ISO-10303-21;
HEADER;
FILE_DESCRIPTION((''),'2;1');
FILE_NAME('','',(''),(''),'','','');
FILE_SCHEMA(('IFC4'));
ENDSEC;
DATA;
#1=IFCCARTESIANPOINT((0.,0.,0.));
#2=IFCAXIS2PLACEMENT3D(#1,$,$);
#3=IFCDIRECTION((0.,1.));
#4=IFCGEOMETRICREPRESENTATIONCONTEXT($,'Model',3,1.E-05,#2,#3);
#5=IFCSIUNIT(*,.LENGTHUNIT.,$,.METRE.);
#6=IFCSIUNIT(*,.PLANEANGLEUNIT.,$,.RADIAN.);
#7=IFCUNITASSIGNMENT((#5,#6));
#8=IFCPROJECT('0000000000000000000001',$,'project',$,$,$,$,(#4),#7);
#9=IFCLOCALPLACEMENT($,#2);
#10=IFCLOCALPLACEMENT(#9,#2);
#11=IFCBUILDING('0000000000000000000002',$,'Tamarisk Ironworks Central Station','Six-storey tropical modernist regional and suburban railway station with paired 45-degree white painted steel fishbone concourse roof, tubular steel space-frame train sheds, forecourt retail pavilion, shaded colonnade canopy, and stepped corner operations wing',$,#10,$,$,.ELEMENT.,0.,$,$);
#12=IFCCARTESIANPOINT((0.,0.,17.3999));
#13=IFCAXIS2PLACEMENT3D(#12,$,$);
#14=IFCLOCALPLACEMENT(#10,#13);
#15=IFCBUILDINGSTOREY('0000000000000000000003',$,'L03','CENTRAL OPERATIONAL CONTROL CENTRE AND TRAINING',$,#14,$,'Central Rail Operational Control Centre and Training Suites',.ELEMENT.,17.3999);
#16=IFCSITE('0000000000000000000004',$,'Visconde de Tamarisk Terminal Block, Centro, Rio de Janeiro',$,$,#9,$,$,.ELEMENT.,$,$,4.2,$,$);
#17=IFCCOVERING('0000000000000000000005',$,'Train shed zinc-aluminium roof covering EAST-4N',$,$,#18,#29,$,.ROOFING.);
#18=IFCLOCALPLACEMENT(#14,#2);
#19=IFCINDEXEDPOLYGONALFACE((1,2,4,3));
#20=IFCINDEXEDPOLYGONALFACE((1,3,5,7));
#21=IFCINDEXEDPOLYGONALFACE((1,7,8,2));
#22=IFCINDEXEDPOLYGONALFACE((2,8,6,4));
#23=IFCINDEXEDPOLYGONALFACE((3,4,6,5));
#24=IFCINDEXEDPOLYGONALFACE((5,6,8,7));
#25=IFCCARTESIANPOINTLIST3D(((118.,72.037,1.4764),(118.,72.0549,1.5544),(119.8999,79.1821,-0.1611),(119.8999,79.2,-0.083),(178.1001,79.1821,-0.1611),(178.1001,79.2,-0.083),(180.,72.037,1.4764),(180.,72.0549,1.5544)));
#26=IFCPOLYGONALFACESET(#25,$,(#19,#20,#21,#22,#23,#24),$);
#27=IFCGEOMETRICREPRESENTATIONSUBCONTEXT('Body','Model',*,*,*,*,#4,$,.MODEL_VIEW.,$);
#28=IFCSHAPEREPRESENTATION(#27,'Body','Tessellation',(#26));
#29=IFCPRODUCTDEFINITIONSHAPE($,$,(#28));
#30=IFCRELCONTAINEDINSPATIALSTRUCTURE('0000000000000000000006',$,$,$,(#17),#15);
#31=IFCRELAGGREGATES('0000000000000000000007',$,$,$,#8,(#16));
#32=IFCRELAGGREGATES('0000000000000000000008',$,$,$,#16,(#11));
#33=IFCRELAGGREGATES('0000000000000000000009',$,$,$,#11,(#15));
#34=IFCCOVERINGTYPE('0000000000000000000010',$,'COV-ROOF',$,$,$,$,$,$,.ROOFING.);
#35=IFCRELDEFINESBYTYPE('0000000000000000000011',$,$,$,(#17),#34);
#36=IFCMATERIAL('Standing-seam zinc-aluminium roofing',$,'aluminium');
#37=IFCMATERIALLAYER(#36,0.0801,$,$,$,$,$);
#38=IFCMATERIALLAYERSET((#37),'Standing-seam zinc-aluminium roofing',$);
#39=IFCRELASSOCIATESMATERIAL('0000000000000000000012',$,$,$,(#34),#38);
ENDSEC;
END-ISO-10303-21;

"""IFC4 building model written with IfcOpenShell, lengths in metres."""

from ifc_helpers import new_model, si_unit, direction, frame, origin, place, context, subcontext, project, spatial, polyline, outline, extrude, material, layer, layer_set, type_object, element, save


model = new_model("IFC4")

# Units and contexts
model_context = context("Model", 3, precision=1e-05, world=origin(), true_north=direction((0.0, 1.0)))
body_context = subcontext(model_context, "Body", "Model", "MODEL_VIEW")
ifc_project = project(units=[si_unit("LENGTHUNIT", "METRE"), si_unit("PLANEANGLEUNIT", "RADIAN")], contexts=[model_context])

# Site, building, storey
site_placement = place(None, origin())
site = spatial("IfcSite", under=ifc_project, at=site_placement, Name="Visconde de Tamarisk Terminal Block, Centro, Rio de Janeiro", CompositionType="ELEMENT", RefElevation=4.2)
building_placement = place(site_placement, origin())
building = spatial("IfcBuilding", under=site, at=building_placement, Name="Tamarisk Ironworks Central Station", Description="Six-storey tropical modernist regional and suburban railway station with paired 45-degree white painted steel fishbone concourse roof, tubular steel space-frame train sheds, forecourt retail pavilion, shaded colonnade canopy, and stepped corner operations wing", CompositionType="ELEMENT", ElevationOfRefHeight=0.0)
storey_placement = place(building_placement, frame((0.0, 0.0, 17.3999)))
storey = spatial("IfcBuildingStorey", under=building, at=storey_placement, Name="L03", Description="CENTRAL OPERATIONAL CONTROL CENTRE AND TRAINING", LongName="Central Rail Operational Control Centre and Training Suites", CompositionType="ELEMENT", Elevation=17.3999)

# Covering
ifc_material_1 = material(Name="Standing-seam zinc-aluminium roofing", Category="aluminium")
ifc_layer_1 = layer(ifc_material_1, 0.0801)
ifc_layer_set_1 = layer_set([ifc_layer_1], Name="Standing-seam zinc-aluminium roofing")
covering_type = type_object("IfcCoveringType", Name="COV-ROOF", PredefinedType="ROOFING", material=ifc_layer_set_1)
covering_placement = place(storey_placement, frame((118.0, 72.0549, 1.5544), z_axis=(0.0, 0.223383, 0.974731), x_axis=(1.0, 0.0, 0.0)))
element("IfcCovering", 1, at=covering_placement, inside=storey, type_object=covering_type, Name="Train shed zinc-aluminium roof covering EAST-4N", PredefinedType="ROOFING", context=body_context, shape_type="SweptSolid", body=[
    extrude(outline(polyline([(0.0, 0.0), (62.0, 0.0), (60.1001, 7.3302), (1.8999, 7.3302), (0.0, 0.0)])), origin(), (0.0, 0.0, -1.0), 0.0801),
])

save(model, "model.ifc")
